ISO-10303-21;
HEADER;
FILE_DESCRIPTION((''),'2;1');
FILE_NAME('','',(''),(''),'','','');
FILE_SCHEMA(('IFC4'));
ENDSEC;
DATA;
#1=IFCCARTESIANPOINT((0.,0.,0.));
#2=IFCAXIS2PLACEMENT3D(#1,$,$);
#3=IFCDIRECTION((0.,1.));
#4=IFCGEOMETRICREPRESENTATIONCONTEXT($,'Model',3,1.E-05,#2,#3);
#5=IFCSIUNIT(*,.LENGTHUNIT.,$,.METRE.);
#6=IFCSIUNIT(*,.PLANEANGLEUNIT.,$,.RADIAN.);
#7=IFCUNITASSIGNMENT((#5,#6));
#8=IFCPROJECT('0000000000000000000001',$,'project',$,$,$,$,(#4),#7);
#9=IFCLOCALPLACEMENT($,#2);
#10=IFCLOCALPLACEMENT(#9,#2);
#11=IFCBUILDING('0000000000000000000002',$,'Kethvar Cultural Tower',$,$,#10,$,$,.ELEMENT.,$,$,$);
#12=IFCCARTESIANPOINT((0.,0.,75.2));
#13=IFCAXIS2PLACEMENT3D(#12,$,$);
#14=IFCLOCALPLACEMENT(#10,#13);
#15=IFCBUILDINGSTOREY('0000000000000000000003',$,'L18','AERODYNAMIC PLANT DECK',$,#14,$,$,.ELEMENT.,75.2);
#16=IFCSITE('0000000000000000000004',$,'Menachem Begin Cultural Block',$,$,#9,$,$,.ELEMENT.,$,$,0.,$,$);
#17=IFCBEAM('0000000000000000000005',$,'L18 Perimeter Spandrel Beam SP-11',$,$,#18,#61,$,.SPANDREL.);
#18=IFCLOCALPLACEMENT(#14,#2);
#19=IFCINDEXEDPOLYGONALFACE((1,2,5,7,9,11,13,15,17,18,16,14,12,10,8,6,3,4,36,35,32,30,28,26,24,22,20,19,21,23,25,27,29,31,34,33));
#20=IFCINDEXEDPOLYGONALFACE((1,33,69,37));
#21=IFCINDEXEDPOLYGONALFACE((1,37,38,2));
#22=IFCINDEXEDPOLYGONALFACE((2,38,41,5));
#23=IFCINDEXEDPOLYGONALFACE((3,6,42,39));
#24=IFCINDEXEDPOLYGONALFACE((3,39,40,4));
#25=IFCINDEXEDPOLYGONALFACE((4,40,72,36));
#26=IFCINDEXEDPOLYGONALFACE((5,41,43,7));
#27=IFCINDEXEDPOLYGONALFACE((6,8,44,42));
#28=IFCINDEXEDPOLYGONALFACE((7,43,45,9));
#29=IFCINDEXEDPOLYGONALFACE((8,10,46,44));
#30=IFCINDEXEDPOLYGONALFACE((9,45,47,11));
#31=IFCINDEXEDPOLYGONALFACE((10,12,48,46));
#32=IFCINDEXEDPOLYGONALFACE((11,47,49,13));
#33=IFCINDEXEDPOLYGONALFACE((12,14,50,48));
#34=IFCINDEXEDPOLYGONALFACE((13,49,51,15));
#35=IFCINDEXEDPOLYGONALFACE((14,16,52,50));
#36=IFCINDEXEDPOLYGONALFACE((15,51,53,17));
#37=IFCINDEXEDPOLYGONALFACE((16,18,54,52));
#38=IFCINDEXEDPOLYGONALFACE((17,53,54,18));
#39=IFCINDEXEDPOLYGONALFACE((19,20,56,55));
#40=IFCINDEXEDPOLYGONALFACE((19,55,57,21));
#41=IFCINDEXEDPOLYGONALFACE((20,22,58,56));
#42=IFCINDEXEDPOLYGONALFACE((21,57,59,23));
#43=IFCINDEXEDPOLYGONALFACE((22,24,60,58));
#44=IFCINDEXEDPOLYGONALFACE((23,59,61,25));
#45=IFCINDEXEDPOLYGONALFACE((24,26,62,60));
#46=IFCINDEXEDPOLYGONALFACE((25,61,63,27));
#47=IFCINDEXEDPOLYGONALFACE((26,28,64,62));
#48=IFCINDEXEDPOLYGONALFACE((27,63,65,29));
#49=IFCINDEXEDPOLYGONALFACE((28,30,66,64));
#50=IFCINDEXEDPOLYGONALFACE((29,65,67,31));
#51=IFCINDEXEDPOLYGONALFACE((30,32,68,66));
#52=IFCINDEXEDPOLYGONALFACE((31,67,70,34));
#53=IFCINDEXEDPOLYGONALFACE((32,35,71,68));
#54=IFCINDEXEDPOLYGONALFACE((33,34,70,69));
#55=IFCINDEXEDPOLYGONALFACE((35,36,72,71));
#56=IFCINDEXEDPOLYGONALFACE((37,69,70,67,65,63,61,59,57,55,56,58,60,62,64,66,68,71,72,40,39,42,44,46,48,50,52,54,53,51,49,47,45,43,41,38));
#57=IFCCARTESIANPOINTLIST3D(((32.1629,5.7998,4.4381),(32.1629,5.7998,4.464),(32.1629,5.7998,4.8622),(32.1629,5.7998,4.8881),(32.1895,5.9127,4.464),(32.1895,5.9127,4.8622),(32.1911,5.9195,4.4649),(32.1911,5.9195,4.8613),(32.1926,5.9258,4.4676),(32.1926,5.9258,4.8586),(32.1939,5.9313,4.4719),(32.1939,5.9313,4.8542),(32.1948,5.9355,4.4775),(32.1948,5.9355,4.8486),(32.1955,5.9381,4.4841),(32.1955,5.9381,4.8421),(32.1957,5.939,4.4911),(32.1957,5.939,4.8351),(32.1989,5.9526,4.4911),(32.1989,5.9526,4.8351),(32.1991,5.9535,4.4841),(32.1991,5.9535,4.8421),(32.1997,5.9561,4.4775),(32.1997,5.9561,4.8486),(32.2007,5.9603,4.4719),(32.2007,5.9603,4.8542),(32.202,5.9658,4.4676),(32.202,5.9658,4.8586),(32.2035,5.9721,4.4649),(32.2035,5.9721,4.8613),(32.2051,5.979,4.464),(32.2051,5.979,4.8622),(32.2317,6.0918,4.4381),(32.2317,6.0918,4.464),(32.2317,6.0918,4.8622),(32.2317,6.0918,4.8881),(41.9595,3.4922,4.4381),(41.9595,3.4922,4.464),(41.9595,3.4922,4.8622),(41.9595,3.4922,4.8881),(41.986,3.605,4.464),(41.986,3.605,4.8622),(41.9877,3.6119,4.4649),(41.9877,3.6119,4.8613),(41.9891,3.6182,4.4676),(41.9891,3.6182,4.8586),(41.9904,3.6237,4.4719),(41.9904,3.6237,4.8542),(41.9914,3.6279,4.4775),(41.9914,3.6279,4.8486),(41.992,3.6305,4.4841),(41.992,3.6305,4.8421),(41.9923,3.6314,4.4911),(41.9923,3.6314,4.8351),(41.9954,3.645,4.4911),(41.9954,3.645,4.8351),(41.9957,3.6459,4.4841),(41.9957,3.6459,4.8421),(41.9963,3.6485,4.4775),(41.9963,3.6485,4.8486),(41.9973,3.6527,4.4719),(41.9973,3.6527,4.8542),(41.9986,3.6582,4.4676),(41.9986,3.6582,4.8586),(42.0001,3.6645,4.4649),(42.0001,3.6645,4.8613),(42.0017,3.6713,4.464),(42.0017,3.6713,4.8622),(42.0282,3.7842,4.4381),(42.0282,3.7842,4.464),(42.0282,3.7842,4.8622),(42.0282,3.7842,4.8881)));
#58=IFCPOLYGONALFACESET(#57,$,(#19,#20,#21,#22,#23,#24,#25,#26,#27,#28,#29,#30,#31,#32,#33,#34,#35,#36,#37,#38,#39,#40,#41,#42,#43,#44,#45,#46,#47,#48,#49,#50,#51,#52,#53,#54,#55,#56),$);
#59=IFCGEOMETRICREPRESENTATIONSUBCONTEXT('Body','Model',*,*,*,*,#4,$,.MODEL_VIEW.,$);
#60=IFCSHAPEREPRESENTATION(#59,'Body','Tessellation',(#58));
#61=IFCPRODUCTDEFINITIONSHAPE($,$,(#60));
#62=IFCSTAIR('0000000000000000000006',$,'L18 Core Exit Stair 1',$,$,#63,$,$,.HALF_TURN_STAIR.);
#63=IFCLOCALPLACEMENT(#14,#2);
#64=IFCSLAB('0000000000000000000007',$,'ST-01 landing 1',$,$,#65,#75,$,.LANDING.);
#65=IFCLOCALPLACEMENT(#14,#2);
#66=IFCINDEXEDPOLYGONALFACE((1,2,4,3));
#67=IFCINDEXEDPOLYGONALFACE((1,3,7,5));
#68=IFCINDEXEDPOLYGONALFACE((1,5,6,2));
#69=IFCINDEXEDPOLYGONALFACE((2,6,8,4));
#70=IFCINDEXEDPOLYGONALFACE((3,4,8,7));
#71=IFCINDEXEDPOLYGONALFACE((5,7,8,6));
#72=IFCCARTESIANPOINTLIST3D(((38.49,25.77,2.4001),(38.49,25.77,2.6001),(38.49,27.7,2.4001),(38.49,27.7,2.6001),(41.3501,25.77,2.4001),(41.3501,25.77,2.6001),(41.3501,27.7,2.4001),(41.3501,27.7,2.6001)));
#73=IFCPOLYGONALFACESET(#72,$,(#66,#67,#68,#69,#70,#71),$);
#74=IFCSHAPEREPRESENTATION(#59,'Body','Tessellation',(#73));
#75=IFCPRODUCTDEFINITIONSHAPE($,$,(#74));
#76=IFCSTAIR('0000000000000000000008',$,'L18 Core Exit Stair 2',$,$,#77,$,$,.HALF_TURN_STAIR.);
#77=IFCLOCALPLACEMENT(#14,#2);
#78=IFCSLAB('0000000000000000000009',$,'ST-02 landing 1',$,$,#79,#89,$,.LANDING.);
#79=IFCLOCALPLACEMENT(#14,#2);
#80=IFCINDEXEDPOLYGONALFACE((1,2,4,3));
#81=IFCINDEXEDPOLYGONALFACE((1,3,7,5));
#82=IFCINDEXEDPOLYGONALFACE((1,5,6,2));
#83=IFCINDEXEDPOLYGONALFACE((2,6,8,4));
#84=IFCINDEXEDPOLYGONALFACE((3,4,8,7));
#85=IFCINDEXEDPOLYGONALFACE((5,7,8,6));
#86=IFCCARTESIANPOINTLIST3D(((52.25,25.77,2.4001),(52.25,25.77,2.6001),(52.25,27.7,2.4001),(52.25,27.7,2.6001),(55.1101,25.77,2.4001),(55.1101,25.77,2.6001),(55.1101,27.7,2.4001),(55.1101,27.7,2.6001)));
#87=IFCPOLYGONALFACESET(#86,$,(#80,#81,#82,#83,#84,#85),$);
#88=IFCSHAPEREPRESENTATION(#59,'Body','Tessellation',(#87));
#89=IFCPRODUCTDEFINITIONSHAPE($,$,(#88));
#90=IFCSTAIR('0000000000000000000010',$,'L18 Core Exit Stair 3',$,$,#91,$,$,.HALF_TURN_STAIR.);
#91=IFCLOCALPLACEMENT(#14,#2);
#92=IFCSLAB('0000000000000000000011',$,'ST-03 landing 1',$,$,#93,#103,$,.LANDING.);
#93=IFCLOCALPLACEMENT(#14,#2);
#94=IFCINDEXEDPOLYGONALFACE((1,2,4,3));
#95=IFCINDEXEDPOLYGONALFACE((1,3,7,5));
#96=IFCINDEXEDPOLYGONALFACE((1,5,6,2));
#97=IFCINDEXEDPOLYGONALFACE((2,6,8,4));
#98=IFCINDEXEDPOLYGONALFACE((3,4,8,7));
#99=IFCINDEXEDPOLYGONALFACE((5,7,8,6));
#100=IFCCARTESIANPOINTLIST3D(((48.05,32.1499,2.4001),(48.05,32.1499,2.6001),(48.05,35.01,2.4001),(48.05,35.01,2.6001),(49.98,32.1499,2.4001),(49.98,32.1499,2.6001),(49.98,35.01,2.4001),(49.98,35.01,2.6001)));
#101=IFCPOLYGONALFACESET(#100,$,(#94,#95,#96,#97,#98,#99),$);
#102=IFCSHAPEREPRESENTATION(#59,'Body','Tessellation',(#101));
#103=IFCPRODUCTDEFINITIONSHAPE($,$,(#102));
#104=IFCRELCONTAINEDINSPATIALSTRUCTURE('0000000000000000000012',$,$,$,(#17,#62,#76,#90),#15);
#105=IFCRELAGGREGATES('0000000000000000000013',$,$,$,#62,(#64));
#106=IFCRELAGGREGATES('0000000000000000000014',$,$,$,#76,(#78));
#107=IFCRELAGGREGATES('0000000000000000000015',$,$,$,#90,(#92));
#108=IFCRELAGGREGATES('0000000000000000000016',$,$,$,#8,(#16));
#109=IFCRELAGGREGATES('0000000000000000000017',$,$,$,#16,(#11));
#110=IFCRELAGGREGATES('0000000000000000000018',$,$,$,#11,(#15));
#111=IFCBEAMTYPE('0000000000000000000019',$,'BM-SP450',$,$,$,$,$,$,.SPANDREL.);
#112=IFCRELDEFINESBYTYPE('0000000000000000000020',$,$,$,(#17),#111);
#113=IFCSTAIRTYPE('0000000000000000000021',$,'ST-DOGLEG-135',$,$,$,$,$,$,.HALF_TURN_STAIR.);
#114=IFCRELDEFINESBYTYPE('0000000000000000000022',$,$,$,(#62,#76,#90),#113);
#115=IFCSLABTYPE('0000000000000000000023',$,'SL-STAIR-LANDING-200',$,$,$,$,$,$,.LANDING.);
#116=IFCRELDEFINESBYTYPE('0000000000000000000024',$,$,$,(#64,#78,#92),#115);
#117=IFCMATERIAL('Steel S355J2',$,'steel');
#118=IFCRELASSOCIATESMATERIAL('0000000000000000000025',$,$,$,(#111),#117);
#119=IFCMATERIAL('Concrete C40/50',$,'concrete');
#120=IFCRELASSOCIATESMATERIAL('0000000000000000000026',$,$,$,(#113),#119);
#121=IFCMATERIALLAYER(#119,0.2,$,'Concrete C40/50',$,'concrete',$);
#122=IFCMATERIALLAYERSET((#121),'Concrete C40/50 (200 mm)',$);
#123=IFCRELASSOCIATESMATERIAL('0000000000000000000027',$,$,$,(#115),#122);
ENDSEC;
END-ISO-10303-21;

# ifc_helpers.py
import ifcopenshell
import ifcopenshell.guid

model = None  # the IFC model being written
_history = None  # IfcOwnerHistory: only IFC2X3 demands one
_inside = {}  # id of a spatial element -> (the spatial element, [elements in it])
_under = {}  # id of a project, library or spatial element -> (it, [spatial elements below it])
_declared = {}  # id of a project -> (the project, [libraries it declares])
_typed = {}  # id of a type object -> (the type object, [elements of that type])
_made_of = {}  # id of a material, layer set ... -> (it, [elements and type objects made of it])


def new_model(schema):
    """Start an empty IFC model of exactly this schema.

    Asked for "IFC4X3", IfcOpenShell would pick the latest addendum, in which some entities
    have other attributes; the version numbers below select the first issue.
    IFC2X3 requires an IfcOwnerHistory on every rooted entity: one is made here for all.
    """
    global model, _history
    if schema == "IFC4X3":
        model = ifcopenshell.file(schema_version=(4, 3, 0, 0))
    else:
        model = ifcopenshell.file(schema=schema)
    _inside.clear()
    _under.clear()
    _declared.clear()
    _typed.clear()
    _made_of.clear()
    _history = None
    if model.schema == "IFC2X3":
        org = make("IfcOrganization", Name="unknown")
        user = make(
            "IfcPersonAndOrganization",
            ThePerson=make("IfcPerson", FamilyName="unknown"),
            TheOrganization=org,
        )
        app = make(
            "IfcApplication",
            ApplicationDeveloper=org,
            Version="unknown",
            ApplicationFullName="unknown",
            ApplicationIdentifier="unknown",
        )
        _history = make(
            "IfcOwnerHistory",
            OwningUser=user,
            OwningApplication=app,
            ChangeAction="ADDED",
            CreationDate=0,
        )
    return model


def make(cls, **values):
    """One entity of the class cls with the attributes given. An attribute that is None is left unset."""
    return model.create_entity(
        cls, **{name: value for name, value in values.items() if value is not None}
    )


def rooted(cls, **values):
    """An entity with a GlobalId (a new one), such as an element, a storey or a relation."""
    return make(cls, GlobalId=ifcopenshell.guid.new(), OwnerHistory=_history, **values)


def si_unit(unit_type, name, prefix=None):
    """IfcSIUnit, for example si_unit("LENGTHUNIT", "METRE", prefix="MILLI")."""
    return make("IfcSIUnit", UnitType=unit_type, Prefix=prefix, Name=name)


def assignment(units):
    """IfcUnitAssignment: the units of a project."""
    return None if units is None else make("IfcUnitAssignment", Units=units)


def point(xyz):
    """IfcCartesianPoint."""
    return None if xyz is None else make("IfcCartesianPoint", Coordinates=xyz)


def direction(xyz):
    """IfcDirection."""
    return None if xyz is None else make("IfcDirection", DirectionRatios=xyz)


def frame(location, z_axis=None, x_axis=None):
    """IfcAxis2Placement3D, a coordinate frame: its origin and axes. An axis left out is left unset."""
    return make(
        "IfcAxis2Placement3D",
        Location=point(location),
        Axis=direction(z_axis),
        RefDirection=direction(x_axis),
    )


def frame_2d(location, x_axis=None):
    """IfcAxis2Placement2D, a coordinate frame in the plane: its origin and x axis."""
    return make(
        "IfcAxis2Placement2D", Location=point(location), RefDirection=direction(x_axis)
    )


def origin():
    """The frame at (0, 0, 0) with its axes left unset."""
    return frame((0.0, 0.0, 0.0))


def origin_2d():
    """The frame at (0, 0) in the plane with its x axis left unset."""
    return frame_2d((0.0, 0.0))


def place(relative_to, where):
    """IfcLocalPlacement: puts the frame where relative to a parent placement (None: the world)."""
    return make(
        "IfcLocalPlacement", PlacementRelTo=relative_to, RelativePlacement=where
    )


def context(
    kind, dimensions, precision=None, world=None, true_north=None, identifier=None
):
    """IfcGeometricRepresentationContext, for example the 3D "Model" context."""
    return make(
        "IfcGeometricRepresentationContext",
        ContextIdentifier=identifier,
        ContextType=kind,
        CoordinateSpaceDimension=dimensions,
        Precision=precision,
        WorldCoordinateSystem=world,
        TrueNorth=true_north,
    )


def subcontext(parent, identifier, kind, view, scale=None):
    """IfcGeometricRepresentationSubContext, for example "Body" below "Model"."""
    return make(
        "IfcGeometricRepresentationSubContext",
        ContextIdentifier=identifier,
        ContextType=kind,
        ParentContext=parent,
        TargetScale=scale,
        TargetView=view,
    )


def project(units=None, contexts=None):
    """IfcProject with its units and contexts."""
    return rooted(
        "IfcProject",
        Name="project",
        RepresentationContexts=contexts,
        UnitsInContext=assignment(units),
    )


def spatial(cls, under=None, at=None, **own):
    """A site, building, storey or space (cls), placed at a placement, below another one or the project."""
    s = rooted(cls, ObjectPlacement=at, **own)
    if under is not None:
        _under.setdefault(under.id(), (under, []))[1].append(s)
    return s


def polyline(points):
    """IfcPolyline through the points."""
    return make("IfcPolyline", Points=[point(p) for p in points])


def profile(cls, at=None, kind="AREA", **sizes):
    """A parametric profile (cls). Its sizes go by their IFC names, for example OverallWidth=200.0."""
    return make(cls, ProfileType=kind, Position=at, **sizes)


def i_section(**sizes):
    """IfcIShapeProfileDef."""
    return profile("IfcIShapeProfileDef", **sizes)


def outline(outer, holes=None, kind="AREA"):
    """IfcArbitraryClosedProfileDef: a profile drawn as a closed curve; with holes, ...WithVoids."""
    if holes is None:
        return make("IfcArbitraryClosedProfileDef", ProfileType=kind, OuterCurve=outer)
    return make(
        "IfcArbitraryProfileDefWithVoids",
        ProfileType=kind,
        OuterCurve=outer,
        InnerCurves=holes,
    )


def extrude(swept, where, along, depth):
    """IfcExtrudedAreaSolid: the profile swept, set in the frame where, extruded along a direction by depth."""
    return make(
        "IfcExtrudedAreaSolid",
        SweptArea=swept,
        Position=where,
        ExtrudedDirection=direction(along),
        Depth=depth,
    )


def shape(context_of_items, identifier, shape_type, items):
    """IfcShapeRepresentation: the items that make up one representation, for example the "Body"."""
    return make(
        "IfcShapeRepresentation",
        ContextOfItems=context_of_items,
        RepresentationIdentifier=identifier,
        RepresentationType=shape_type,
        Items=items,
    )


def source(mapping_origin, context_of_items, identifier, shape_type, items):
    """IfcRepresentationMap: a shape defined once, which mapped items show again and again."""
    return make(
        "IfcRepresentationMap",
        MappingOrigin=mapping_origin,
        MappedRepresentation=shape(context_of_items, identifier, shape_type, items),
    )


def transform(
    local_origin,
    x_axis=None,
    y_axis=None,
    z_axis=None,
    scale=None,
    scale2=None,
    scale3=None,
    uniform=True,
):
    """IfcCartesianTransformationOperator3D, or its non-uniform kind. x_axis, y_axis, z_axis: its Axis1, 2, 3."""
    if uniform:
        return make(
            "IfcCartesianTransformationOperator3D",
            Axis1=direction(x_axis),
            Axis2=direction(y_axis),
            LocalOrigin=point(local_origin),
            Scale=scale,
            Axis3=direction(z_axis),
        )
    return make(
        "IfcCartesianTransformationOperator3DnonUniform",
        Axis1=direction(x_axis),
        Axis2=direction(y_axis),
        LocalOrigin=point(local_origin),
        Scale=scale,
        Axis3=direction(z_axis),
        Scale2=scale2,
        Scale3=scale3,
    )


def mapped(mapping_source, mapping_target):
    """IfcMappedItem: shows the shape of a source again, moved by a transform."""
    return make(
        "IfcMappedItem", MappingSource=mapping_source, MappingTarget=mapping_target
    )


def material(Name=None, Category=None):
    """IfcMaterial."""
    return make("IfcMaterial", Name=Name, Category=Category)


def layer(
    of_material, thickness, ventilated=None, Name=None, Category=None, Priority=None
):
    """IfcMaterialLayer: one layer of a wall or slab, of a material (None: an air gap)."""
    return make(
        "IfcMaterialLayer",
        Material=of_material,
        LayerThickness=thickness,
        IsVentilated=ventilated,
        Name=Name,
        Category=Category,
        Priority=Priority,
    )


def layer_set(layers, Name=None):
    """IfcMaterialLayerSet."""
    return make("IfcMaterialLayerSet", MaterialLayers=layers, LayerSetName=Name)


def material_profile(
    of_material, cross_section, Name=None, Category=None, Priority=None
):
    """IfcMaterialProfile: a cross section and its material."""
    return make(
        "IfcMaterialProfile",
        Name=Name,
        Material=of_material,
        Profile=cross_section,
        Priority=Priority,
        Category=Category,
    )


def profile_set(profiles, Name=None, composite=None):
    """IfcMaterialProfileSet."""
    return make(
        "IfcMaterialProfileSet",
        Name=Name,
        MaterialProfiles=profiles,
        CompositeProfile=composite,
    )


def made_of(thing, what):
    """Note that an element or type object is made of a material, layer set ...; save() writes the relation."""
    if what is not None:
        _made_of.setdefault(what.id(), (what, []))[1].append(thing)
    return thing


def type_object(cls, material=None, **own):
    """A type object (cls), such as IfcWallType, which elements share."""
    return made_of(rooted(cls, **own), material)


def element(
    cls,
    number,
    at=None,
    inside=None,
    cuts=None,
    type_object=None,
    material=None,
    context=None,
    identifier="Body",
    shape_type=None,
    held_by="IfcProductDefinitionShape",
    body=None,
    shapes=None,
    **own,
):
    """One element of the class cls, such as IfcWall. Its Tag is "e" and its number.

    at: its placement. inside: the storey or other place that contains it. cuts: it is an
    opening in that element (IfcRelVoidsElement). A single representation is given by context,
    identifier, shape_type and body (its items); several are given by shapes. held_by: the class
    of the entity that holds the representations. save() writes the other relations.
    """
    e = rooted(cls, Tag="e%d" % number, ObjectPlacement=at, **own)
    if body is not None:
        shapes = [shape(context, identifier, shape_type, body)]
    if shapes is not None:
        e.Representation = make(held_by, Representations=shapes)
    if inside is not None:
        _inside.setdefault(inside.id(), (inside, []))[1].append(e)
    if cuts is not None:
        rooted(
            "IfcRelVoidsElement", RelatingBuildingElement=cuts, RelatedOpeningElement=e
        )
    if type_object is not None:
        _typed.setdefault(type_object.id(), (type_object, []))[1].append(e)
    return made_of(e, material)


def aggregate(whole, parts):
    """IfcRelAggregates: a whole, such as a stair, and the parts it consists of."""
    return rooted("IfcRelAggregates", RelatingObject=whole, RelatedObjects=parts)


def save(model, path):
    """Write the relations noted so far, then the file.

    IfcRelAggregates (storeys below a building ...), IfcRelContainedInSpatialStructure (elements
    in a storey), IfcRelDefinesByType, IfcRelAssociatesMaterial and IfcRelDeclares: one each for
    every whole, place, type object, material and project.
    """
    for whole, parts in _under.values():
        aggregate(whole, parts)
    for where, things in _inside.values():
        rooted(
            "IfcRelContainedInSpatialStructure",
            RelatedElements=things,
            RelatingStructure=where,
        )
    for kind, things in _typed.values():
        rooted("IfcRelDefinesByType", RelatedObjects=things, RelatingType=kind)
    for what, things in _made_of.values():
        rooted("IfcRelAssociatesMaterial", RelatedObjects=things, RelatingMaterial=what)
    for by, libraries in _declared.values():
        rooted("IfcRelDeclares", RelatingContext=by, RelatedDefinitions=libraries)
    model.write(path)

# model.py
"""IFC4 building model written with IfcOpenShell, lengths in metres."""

from ifc_helpers import new_model, si_unit, direction, frame, origin, origin_2d, place, context, subcontext, project, spatial, polyline, i_section, outline, extrude, source, transform, mapped, material, layer, layer_set, material_profile, profile_set, type_object, element, aggregate, save


model = new_model("IFC4")

# Units and contexts
model_context = context("Model", 3, precision=1e-05, world=origin(), true_north=direction((0.0, 1.0)))
body_context = subcontext(model_context, "Body", "Model", "MODEL_VIEW")
ifc_project = project(units=[si_unit("LENGTHUNIT", "METRE"), si_unit("PLANEANGLEUNIT", "RADIAN")], contexts=[model_context])

# Site, building, storey
site_placement = place(None, origin())
site = spatial("IfcSite", under=ifc_project, at=site_placement, Name="Menachem Begin Cultural Block", CompositionType="ELEMENT", RefElevation=0.0)
building_placement = place(site_placement, origin())
building = spatial("IfcBuilding", under=site, at=building_placement, Name="Kethvar Cultural Tower", CompositionType="ELEMENT")
storey_placement = place(building_placement, frame((0.0, 0.0, 75.2)))
storey = spatial("IfcBuildingStorey", under=building, at=storey_placement, Name="L18", Description="AERODYNAMIC PLANT DECK", CompositionType="ELEMENT", Elevation=75.2)

# Beam
ifc_material_1 = material(Name="Steel S355J2", Category="steel")
ifc_material_profile_1 = material_profile(ifc_material_1, i_section(OverallWidth=0.3, OverallDepth=0.45, WebThickness=0.0139, FlangeThickness=0.0259, FilletRadius=0.0271, at=origin_2d()), Name="Steel S355J2 — HEB450")
ifc_profile_set_1 = profile_set([ifc_material_profile_1], Name="Steel S355J2 — HEB450")
beam_type_1 = type_object("IfcBeamType", Name="BM-SP450", PredefinedType="SPANDREL", material=ifc_profile_set_1)
shared_shape_1 = source(origin(), body_context, "Body", "SweptSolid", [
    extrude(i_section(OverallWidth=0.3, OverallDepth=0.45, WebThickness=0.0139, FlangeThickness=0.0259, FilletRadius=0.0271, at=origin_2d()), origin(), (0.0, 0.0, 1.0), 10.0647),
])
beam_1_placement = place(storey_placement, frame((32.1973, 5.9458, 4.6631), z_axis=(0.973361, -0.229277, 0.0), x_axis=(0.229277, 0.973361, 0.0)))
element("IfcBeam", 1, at=beam_1_placement, inside=storey, type_object=beam_type_1, Name="L18 Perimeter Spandrel Beam SP-11", PredefinedType="SPANDREL", context=body_context, shape_type="MappedRepresentation", body=[
    mapped(shared_shape_1, transform((0.0, 0.0, 0.0), scale=1.0)),
])

# Stairs, slabs
ifc_material_2 = material(Name="Concrete C40/50", Category="concrete")
stair_type = type_object("IfcStairType", Name="ST-DOGLEG-135", PredefinedType="HALF_TURN_STAIR", material=ifc_material_2)
stair_1_placement = place(storey_placement, origin())
stair_1 = element("IfcStair", 2, at=stair_1_placement, inside=storey, type_object=stair_type, Name="L18 Core Exit Stair 1", PredefinedType="HALF_TURN_STAIR")
ifc_layer_1 = layer(ifc_material_2, 0.2, Name="Concrete C40/50", Category="concrete")
ifc_layer_set_1 = layer_set([ifc_layer_1], Name="Concrete C40/50 (200 mm)")
slab_type_1 = type_object("IfcSlabType", Name="SL-STAIR-LANDING-200", PredefinedType="LANDING", material=ifc_layer_set_1)
slab_1_placement = place(storey_placement, frame((0.0, 0.0, 2.4001)))
slab_1 = element("IfcSlab", 3, at=slab_1_placement, type_object=slab_type_1, Name="ST-01 landing 1", PredefinedType="LANDING", context=body_context, shape_type="SweptSolid", body=[
    extrude(outline(polyline([(41.3501, 25.77), (41.3501, 27.7), (38.49, 27.7), (38.49, 25.77), (41.3501, 25.77)])), origin(), (0.0, 0.0, 1.0), 0.2),
])
aggregate(stair_1, [slab_1])
stair_2_placement = place(storey_placement, origin())
stair_2 = element("IfcStair", 4, at=stair_2_placement, inside=storey, type_object=stair_type, Name="L18 Core Exit Stair 2", PredefinedType="HALF_TURN_STAIR")
slab_2_placement = place(storey_placement, frame((0.0, 0.0, 2.4001)))
slab_2 = element("IfcSlab", 5, at=slab_2_placement, type_object=slab_type_1, Name="ST-02 landing 1", PredefinedType="LANDING", context=body_context, shape_type="SweptSolid", body=[
    extrude(outline(polyline([(55.1101, 25.77), (55.1101, 27.7), (52.25, 27.7), (52.25, 25.77), (55.1101, 25.77)])), origin(), (0.0, 0.0, 1.0), 0.2),
])
aggregate(stair_2, [slab_2])
stair_3_placement = place(storey_placement, origin())
stair_3 = element("IfcStair", 6, at=stair_3_placement, inside=storey, type_object=stair_type, Name="L18 Core Exit Stair 3", PredefinedType="HALF_TURN_STAIR")
slab_3_placement = place(storey_placement, frame((0.0, 0.0, 2.4001)))
slab_3 = element("IfcSlab", 7, at=slab_3_placement, type_object=slab_type_1, Name="ST-03 landing 1", PredefinedType="LANDING", context=body_context, shape_type="SweptSolid", body=[
    extrude(outline(polyline([(49.98, 35.01), (48.05, 35.01), (48.05, 32.1499), (49.98, 32.1499), (49.98, 35.01)])), origin(), (0.0, 0.0, 1.0), 0.2),
])
aggregate(stair_3, [slab_3])

save(model, "model.ifc")
